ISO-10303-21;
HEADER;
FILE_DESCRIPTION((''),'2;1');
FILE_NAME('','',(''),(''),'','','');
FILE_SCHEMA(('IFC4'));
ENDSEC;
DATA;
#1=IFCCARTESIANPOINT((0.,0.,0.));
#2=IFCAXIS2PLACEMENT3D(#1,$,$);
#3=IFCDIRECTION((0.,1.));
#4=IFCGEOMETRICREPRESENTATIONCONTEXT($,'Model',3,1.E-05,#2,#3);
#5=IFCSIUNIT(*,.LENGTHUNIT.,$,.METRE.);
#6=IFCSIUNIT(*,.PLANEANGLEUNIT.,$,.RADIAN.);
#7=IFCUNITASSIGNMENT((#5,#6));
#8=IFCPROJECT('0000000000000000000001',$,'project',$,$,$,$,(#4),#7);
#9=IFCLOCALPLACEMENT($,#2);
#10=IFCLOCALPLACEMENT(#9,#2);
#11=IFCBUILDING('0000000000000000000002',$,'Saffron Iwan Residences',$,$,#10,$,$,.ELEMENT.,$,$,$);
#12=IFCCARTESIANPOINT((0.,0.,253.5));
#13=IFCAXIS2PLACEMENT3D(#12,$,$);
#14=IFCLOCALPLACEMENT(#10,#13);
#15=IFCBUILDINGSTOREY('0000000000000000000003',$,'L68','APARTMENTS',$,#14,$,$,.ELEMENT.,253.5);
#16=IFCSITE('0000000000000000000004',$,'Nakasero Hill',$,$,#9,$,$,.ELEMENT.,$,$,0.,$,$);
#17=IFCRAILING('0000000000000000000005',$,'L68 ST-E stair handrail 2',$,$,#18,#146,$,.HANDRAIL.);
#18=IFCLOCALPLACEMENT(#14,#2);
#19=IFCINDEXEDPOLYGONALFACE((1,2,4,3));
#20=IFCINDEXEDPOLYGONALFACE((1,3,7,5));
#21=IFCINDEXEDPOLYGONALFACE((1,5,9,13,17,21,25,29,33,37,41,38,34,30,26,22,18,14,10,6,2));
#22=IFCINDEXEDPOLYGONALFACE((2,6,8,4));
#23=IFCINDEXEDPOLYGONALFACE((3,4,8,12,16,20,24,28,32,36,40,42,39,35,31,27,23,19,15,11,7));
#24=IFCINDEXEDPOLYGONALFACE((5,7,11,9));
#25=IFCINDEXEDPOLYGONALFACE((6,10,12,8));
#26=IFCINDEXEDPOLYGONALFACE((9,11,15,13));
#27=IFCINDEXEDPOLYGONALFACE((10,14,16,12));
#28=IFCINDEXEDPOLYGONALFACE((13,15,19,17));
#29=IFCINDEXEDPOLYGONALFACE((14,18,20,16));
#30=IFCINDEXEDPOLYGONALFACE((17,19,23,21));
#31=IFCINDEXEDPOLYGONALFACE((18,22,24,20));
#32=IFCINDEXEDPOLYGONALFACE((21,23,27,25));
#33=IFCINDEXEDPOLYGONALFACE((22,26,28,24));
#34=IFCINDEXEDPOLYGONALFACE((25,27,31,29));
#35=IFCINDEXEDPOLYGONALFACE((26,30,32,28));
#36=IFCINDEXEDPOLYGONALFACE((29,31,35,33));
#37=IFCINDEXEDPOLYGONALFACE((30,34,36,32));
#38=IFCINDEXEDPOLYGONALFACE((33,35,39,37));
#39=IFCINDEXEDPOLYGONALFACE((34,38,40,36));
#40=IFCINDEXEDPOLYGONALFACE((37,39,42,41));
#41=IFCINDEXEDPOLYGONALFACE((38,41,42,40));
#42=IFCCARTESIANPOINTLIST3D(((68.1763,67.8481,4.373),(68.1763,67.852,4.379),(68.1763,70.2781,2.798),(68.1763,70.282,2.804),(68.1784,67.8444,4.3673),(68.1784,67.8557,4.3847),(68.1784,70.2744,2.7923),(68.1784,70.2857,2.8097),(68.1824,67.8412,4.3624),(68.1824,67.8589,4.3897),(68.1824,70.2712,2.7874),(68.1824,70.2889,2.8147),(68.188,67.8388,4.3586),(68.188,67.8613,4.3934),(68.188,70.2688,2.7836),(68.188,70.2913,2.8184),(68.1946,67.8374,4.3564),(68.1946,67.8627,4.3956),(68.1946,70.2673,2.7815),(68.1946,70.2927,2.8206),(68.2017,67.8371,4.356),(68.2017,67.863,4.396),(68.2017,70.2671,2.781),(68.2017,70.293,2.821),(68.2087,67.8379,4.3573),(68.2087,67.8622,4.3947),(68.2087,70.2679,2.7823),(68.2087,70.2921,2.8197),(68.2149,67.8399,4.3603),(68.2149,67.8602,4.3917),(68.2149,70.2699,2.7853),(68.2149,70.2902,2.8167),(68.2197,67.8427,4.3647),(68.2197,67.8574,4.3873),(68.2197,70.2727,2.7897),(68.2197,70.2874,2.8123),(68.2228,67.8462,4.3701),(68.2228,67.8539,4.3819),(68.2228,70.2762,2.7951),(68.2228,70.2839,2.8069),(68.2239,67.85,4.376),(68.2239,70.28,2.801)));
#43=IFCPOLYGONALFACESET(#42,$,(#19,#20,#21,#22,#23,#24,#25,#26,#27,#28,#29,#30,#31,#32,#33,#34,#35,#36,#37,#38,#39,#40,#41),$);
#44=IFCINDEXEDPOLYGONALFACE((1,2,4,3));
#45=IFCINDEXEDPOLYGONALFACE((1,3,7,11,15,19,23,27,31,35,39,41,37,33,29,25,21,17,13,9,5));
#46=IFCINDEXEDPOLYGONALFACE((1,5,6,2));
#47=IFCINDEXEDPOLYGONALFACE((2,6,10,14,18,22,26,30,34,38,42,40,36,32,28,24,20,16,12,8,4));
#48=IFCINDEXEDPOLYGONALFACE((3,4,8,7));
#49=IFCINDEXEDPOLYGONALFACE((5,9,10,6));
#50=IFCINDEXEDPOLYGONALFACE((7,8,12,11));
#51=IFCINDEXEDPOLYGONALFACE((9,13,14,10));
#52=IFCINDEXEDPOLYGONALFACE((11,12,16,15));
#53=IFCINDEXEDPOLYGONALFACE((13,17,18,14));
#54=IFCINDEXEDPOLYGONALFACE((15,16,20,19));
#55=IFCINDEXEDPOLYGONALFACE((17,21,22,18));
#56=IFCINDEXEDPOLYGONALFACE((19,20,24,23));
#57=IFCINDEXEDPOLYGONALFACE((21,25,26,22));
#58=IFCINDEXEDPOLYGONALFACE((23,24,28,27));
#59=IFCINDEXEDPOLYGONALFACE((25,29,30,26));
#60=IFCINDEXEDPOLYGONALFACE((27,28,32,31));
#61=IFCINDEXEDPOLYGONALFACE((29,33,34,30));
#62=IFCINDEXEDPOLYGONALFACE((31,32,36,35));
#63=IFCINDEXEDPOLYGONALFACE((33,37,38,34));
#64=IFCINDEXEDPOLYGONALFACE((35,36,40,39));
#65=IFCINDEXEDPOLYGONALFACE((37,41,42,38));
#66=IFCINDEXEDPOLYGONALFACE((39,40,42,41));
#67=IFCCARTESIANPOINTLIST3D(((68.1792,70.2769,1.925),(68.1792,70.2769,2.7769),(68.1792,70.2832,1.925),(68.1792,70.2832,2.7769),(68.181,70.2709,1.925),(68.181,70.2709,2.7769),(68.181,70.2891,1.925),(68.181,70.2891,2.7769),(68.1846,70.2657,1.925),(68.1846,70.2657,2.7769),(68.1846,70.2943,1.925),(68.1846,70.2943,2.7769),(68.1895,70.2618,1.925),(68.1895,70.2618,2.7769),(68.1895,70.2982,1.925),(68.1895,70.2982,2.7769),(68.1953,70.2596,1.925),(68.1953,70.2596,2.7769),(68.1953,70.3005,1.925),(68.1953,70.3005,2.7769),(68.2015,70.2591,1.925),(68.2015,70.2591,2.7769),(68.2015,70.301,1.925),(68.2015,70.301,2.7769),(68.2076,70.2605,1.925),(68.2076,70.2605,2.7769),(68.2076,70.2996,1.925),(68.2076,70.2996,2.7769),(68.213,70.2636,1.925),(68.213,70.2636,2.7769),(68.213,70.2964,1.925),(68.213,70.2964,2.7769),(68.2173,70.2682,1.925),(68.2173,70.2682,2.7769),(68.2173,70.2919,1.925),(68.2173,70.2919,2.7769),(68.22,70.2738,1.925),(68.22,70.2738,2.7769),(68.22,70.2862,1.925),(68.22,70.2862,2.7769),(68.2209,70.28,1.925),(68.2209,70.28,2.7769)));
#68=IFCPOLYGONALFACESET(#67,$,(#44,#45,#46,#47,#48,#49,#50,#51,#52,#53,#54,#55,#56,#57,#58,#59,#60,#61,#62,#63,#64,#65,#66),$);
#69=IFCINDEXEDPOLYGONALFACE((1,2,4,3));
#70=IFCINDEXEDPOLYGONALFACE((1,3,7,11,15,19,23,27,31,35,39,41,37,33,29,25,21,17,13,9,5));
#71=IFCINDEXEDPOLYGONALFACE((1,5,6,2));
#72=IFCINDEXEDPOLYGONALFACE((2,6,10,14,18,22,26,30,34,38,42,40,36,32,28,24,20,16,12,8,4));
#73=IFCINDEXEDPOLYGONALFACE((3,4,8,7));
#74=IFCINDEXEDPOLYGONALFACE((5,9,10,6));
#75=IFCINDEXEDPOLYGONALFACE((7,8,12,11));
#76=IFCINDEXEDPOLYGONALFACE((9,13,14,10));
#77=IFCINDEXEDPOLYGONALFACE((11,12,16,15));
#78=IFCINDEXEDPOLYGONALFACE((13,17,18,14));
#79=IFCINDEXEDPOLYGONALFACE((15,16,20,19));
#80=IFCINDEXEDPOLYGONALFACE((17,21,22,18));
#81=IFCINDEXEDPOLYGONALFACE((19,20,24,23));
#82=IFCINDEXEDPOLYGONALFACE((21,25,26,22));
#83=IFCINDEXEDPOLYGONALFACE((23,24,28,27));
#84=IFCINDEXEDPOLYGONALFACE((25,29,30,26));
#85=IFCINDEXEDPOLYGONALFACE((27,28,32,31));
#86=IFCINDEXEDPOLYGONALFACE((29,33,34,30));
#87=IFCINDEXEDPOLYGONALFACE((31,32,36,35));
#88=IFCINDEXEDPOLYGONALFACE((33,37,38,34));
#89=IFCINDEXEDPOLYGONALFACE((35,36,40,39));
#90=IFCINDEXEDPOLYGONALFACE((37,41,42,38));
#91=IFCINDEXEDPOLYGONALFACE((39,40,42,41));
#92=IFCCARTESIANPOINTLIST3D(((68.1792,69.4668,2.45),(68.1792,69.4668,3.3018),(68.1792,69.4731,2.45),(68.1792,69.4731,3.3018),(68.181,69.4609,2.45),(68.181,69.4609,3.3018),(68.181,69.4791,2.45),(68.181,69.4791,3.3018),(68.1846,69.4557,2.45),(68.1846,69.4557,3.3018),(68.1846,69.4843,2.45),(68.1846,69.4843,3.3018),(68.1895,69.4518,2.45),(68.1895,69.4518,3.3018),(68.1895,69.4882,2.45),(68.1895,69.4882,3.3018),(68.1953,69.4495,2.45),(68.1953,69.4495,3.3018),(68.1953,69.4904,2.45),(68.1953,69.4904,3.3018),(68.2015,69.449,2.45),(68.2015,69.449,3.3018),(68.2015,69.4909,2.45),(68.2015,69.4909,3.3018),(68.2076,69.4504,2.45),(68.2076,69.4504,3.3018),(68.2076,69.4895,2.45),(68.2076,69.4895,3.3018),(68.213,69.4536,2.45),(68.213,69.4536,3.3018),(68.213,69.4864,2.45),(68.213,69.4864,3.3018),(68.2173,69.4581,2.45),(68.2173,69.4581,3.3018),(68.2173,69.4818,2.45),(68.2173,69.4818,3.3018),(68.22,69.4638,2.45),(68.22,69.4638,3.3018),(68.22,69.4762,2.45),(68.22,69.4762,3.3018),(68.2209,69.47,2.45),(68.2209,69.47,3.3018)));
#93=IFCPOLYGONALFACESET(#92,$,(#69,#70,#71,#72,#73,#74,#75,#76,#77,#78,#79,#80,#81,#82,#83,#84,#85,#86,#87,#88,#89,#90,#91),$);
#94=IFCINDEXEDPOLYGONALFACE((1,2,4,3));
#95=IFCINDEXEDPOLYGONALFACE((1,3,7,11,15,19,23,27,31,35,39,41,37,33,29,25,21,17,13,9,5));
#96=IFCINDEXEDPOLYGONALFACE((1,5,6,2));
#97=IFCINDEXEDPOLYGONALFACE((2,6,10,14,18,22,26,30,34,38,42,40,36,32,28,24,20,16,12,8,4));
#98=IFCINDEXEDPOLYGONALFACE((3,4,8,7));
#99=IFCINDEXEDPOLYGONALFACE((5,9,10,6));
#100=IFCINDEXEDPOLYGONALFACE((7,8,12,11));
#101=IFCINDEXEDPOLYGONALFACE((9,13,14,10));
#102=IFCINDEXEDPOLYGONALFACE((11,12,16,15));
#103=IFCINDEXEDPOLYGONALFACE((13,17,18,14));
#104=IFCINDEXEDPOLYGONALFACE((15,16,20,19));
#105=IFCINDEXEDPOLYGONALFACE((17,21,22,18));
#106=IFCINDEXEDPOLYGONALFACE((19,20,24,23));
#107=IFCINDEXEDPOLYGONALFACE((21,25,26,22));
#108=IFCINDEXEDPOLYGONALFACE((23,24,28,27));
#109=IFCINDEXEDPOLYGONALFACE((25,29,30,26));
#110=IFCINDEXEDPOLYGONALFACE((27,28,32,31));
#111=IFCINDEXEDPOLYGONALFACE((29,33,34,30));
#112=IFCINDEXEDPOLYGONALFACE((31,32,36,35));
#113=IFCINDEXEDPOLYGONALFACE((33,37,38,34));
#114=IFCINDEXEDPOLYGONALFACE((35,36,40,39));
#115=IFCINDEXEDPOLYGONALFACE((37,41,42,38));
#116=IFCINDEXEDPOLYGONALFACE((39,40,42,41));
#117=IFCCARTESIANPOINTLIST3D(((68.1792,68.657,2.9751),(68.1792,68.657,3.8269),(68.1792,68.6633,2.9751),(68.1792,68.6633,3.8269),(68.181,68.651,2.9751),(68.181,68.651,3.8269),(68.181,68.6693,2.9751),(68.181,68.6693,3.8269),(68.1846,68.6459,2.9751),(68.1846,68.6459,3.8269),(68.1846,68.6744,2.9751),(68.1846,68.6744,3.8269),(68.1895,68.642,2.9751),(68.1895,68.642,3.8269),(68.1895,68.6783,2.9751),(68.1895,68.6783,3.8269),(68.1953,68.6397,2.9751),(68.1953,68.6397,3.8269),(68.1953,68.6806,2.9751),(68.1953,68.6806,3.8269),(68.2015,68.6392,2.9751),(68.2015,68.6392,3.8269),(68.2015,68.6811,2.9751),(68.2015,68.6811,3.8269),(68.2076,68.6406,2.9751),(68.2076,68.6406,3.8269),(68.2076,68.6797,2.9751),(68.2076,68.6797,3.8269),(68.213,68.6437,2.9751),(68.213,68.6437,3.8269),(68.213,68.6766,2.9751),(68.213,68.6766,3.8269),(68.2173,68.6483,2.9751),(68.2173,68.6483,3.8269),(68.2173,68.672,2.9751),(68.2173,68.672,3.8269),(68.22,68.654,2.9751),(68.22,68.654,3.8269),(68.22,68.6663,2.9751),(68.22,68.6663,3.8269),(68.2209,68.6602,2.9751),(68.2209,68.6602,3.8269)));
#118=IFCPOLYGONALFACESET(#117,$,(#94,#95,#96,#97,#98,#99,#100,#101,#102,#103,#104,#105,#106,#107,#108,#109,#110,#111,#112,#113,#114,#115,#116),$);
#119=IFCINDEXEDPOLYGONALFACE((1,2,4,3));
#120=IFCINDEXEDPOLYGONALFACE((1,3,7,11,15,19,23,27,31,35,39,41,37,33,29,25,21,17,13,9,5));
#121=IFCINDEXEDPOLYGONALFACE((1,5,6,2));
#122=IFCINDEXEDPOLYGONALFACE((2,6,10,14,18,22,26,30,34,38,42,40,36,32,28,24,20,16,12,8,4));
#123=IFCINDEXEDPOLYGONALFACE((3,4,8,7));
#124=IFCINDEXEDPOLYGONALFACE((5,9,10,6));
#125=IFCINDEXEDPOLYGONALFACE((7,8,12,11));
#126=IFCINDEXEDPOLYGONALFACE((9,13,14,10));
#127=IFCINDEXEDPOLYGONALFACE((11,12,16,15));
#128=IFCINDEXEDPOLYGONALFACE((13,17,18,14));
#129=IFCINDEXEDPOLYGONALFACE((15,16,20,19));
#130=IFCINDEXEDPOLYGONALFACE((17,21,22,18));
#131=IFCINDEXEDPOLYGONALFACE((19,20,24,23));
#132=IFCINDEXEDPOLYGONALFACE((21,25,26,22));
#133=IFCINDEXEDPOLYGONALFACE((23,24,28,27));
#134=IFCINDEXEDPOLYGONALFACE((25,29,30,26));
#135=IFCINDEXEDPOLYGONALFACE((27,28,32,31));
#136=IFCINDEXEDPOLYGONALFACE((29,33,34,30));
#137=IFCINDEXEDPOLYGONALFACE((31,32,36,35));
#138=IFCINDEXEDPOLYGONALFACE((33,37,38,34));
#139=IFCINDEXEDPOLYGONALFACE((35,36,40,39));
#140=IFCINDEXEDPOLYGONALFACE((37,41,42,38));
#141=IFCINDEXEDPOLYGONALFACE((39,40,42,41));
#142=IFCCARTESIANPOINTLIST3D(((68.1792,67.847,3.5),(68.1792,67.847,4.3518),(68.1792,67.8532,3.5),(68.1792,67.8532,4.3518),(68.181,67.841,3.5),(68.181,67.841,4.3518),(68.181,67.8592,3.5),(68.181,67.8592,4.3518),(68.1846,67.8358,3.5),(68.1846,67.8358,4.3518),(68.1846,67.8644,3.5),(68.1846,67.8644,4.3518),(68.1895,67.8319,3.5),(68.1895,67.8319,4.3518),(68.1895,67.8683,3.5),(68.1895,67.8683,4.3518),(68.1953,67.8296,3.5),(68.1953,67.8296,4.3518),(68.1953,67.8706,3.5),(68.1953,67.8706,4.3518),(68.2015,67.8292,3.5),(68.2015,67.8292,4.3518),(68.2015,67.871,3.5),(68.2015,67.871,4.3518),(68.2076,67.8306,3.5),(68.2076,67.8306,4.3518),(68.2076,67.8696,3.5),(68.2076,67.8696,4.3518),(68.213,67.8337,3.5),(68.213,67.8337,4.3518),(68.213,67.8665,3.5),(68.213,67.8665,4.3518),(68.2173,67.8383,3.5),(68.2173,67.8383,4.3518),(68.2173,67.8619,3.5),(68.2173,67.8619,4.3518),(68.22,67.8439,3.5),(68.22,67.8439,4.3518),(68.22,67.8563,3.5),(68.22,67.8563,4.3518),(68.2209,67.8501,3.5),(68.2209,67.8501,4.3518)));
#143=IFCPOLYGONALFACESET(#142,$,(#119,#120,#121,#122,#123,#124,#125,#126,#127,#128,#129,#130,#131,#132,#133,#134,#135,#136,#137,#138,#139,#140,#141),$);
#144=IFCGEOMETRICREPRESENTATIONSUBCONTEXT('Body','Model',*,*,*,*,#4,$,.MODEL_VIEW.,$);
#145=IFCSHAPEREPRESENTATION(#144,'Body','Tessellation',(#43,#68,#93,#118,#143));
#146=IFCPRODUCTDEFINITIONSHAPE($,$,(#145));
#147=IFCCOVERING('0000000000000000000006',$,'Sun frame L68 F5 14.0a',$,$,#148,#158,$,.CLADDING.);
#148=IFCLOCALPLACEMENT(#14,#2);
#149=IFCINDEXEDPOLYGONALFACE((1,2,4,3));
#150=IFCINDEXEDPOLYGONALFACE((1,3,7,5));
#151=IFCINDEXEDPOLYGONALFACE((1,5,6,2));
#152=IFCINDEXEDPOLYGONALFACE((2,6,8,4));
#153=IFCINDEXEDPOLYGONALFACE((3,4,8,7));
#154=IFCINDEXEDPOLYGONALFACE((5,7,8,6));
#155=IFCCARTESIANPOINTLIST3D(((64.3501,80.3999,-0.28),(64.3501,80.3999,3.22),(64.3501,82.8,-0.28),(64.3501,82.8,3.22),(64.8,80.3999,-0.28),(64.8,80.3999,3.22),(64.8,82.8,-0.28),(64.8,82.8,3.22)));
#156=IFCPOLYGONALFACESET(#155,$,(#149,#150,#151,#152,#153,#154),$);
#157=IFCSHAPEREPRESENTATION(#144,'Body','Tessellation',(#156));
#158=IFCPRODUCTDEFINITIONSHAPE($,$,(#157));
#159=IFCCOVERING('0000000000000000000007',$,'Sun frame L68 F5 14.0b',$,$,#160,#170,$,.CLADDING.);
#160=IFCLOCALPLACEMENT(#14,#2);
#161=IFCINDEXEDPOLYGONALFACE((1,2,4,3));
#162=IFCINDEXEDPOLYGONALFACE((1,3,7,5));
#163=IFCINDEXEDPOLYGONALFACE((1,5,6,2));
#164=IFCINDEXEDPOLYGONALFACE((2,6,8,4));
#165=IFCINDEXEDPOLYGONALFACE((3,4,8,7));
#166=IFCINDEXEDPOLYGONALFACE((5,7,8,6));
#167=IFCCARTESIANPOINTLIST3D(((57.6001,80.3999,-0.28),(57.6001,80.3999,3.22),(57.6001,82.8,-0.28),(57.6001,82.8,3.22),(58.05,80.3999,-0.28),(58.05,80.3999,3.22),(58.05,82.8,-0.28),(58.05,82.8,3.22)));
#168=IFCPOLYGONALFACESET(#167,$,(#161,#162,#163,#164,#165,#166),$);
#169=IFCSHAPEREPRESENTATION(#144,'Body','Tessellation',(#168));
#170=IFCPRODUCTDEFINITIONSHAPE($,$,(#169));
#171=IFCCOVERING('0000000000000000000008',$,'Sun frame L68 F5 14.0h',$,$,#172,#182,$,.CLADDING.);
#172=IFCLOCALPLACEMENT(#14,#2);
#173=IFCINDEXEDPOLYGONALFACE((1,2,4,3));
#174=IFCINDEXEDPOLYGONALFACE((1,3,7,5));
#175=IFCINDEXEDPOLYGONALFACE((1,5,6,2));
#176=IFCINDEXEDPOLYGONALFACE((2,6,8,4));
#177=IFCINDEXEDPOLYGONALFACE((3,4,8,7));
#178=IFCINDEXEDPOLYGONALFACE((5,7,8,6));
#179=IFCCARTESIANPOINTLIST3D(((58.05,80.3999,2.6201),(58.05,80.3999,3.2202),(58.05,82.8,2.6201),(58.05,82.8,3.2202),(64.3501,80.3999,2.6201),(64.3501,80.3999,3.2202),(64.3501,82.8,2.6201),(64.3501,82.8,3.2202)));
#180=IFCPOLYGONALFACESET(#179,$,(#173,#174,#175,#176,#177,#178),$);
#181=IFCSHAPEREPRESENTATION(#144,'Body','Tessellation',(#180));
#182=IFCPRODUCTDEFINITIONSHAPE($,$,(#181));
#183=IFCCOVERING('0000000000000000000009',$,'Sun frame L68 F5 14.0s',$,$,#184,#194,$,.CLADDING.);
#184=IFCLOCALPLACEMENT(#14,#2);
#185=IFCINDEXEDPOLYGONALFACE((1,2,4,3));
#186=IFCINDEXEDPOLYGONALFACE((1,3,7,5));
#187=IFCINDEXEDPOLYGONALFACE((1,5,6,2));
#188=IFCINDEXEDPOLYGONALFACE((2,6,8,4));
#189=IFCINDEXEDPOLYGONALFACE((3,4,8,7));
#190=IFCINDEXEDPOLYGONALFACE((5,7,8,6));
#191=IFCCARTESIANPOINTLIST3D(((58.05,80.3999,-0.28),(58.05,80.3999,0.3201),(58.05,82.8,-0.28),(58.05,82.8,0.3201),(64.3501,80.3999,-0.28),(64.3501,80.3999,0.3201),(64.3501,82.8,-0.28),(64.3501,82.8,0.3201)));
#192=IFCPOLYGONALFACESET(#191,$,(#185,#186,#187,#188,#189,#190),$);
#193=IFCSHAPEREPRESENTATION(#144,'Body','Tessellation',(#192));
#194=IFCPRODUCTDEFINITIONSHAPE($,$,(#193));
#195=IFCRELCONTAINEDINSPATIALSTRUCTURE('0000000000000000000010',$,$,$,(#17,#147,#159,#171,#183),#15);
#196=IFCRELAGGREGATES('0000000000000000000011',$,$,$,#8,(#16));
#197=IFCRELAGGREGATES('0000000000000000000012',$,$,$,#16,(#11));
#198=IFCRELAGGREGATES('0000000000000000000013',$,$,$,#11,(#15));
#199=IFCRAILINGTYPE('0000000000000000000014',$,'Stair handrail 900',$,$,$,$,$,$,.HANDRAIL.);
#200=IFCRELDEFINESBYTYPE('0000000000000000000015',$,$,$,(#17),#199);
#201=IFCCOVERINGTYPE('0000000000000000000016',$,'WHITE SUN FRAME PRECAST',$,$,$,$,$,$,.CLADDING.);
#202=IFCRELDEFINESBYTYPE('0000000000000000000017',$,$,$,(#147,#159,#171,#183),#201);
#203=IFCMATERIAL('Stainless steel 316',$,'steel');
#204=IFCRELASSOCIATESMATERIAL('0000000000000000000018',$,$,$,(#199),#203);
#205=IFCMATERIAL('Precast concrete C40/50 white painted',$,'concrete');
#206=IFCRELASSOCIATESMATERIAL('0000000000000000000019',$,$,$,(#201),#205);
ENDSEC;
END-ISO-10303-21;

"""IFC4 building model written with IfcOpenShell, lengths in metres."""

from ifc_helpers import new_model, si_unit, direction, frame, origin, origin_2d, place, context, subcontext, project, spatial, polyline, circle, outline, extrude, material, type_object, element, save


model = new_model("IFC4")

# Units and contexts
model_context = context("Model", 3, precision=1e-05, world=origin(), true_north=direction((0.0, 1.0)))
body_context = subcontext(model_context, "Body", "Model", "MODEL_VIEW")
ifc_project = project(units=[si_unit("LENGTHUNIT", "METRE"), si_unit("PLANEANGLEUNIT", "RADIAN")], contexts=[model_context])

# Site, building, storey
site_placement = place(None, origin())
site = spatial("IfcSite", under=ifc_project, at=site_placement, Name="Nakasero Hill", CompositionType="ELEMENT", RefElevation=0.0)
building_placement = place(site_placement, origin())
building = spatial("IfcBuilding", under=site, at=building_placement, Name="Saffron Iwan Residences", CompositionType="ELEMENT")
storey_placement = place(building_placement, frame((0.0, 0.0, 253.5)))
storey = spatial("IfcBuildingStorey", under=building, at=storey_placement, Name="L68", Description="APARTMENTS", CompositionType="ELEMENT", Elevation=253.5)

# Railing
ifc_material_1 = material(Name="Stainless steel 316", Category="steel")
railing_type = type_object("IfcRailingType", Name="Stair handrail 900", PredefinedType="HANDRAIL", material=ifc_material_1)
railing_1_placement = place(storey_placement, frame((68.2, 70.28, 1.925)))
element("IfcRailing", 1, at=railing_1_placement, inside=storey, type_object=railing_type, Name="L68 ST-E stair handrail 2", PredefinedType="HANDRAIL", context=body_context, shape_type="SweptSolid", body=[
    extrude(circle(Radius=0.0239, at=origin_2d()), frame((0.0, 0.0, 0.876), z_axis=(0.0, -0.839154, 0.543894), x_axis=(1.0, 0.0, 0.0)), (0.0, 0.0, 1.0), 2.8958),
    extrude(circle(Radius=0.021, at=origin_2d()), origin(), (0.0, 0.0, 1.0), 0.8518),
    extrude(circle(Radius=0.021, at=origin_2d()), frame((0.0, -0.8101, 0.5249)), (0.0, 0.0, 1.0), 0.8518),
    extrude(circle(Radius=0.021, at=origin_2d()), frame((0.0, -1.6199, 1.05)), (0.0, 0.0, 1.0), 0.8518),
    extrude(circle(Radius=0.021, at=origin_2d()), frame((0.0, -2.4299, 1.575)), (0.0, 0.0, 1.0), 0.8518),
])

# Coverings
ifc_material_2 = material(Name="Precast concrete C40/50 white painted", Category="concrete")
covering_type_1 = type_object("IfcCoveringType", Name="WHITE SUN FRAME PRECAST", PredefinedType="CLADDING", material=ifc_material_2)
for number, where, z_axis, x_axis, name in (
    (2, (64.8, 80.3999, -0.28), (0.0, 1.0, 0.0), (-1.0, 0.0, 0.0), "Sun frame L68 F5 14.0a"),
    (3, (58.05, 80.3999, -0.28), (0.0, 1.0, 0.0), (-1.0, 0.0, 0.0), "Sun frame L68 F5 14.0b"),
):
    element("IfcCovering", number, at=place(storey_placement, frame(where, z_axis=z_axis, x_axis=x_axis)), inside=storey, type_object=covering_type_1, Name=name, PredefinedType="CLADDING", context=body_context, shape_type="SweptSolid", body=[
        extrude(outline(polyline([(0.0, 0.0), (0.45, 0.0), (0.45, 3.5), (0.0, 3.5), (0.0, 0.0)])), origin(), (0.0, 0.0, 1.0), 2.4001),
    ])
for number, where, z_axis, x_axis, name in (
    (4, (64.3501, 80.3999, 2.6201), (0.0, 1.0, 0.0), (-1.0, 0.0, 0.0), "Sun frame L68 F5 14.0h"),
    (5, (64.3501, 80.3999, -0.28), (0.0, 1.0, 0.0), (-1.0, 0.0, 0.0), "Sun frame L68 F5 14.0s"),
):
    element("IfcCovering", number, at=place(storey_placement, frame(where, z_axis=z_axis, x_axis=x_axis)), inside=storey, type_object=covering_type_1, Name=name, PredefinedType="CLADDING", context=body_context, shape_type="SweptSolid", body=[
        extrude(outline(polyline([(0.0, 0.0), (6.3, 0.0), (6.3, 0.6001), (0.0, 0.6001), (0.0, 0.0)])), origin(), (0.0, 0.0, 1.0), 2.4001),
    ])

save(model, "model.ifc")
